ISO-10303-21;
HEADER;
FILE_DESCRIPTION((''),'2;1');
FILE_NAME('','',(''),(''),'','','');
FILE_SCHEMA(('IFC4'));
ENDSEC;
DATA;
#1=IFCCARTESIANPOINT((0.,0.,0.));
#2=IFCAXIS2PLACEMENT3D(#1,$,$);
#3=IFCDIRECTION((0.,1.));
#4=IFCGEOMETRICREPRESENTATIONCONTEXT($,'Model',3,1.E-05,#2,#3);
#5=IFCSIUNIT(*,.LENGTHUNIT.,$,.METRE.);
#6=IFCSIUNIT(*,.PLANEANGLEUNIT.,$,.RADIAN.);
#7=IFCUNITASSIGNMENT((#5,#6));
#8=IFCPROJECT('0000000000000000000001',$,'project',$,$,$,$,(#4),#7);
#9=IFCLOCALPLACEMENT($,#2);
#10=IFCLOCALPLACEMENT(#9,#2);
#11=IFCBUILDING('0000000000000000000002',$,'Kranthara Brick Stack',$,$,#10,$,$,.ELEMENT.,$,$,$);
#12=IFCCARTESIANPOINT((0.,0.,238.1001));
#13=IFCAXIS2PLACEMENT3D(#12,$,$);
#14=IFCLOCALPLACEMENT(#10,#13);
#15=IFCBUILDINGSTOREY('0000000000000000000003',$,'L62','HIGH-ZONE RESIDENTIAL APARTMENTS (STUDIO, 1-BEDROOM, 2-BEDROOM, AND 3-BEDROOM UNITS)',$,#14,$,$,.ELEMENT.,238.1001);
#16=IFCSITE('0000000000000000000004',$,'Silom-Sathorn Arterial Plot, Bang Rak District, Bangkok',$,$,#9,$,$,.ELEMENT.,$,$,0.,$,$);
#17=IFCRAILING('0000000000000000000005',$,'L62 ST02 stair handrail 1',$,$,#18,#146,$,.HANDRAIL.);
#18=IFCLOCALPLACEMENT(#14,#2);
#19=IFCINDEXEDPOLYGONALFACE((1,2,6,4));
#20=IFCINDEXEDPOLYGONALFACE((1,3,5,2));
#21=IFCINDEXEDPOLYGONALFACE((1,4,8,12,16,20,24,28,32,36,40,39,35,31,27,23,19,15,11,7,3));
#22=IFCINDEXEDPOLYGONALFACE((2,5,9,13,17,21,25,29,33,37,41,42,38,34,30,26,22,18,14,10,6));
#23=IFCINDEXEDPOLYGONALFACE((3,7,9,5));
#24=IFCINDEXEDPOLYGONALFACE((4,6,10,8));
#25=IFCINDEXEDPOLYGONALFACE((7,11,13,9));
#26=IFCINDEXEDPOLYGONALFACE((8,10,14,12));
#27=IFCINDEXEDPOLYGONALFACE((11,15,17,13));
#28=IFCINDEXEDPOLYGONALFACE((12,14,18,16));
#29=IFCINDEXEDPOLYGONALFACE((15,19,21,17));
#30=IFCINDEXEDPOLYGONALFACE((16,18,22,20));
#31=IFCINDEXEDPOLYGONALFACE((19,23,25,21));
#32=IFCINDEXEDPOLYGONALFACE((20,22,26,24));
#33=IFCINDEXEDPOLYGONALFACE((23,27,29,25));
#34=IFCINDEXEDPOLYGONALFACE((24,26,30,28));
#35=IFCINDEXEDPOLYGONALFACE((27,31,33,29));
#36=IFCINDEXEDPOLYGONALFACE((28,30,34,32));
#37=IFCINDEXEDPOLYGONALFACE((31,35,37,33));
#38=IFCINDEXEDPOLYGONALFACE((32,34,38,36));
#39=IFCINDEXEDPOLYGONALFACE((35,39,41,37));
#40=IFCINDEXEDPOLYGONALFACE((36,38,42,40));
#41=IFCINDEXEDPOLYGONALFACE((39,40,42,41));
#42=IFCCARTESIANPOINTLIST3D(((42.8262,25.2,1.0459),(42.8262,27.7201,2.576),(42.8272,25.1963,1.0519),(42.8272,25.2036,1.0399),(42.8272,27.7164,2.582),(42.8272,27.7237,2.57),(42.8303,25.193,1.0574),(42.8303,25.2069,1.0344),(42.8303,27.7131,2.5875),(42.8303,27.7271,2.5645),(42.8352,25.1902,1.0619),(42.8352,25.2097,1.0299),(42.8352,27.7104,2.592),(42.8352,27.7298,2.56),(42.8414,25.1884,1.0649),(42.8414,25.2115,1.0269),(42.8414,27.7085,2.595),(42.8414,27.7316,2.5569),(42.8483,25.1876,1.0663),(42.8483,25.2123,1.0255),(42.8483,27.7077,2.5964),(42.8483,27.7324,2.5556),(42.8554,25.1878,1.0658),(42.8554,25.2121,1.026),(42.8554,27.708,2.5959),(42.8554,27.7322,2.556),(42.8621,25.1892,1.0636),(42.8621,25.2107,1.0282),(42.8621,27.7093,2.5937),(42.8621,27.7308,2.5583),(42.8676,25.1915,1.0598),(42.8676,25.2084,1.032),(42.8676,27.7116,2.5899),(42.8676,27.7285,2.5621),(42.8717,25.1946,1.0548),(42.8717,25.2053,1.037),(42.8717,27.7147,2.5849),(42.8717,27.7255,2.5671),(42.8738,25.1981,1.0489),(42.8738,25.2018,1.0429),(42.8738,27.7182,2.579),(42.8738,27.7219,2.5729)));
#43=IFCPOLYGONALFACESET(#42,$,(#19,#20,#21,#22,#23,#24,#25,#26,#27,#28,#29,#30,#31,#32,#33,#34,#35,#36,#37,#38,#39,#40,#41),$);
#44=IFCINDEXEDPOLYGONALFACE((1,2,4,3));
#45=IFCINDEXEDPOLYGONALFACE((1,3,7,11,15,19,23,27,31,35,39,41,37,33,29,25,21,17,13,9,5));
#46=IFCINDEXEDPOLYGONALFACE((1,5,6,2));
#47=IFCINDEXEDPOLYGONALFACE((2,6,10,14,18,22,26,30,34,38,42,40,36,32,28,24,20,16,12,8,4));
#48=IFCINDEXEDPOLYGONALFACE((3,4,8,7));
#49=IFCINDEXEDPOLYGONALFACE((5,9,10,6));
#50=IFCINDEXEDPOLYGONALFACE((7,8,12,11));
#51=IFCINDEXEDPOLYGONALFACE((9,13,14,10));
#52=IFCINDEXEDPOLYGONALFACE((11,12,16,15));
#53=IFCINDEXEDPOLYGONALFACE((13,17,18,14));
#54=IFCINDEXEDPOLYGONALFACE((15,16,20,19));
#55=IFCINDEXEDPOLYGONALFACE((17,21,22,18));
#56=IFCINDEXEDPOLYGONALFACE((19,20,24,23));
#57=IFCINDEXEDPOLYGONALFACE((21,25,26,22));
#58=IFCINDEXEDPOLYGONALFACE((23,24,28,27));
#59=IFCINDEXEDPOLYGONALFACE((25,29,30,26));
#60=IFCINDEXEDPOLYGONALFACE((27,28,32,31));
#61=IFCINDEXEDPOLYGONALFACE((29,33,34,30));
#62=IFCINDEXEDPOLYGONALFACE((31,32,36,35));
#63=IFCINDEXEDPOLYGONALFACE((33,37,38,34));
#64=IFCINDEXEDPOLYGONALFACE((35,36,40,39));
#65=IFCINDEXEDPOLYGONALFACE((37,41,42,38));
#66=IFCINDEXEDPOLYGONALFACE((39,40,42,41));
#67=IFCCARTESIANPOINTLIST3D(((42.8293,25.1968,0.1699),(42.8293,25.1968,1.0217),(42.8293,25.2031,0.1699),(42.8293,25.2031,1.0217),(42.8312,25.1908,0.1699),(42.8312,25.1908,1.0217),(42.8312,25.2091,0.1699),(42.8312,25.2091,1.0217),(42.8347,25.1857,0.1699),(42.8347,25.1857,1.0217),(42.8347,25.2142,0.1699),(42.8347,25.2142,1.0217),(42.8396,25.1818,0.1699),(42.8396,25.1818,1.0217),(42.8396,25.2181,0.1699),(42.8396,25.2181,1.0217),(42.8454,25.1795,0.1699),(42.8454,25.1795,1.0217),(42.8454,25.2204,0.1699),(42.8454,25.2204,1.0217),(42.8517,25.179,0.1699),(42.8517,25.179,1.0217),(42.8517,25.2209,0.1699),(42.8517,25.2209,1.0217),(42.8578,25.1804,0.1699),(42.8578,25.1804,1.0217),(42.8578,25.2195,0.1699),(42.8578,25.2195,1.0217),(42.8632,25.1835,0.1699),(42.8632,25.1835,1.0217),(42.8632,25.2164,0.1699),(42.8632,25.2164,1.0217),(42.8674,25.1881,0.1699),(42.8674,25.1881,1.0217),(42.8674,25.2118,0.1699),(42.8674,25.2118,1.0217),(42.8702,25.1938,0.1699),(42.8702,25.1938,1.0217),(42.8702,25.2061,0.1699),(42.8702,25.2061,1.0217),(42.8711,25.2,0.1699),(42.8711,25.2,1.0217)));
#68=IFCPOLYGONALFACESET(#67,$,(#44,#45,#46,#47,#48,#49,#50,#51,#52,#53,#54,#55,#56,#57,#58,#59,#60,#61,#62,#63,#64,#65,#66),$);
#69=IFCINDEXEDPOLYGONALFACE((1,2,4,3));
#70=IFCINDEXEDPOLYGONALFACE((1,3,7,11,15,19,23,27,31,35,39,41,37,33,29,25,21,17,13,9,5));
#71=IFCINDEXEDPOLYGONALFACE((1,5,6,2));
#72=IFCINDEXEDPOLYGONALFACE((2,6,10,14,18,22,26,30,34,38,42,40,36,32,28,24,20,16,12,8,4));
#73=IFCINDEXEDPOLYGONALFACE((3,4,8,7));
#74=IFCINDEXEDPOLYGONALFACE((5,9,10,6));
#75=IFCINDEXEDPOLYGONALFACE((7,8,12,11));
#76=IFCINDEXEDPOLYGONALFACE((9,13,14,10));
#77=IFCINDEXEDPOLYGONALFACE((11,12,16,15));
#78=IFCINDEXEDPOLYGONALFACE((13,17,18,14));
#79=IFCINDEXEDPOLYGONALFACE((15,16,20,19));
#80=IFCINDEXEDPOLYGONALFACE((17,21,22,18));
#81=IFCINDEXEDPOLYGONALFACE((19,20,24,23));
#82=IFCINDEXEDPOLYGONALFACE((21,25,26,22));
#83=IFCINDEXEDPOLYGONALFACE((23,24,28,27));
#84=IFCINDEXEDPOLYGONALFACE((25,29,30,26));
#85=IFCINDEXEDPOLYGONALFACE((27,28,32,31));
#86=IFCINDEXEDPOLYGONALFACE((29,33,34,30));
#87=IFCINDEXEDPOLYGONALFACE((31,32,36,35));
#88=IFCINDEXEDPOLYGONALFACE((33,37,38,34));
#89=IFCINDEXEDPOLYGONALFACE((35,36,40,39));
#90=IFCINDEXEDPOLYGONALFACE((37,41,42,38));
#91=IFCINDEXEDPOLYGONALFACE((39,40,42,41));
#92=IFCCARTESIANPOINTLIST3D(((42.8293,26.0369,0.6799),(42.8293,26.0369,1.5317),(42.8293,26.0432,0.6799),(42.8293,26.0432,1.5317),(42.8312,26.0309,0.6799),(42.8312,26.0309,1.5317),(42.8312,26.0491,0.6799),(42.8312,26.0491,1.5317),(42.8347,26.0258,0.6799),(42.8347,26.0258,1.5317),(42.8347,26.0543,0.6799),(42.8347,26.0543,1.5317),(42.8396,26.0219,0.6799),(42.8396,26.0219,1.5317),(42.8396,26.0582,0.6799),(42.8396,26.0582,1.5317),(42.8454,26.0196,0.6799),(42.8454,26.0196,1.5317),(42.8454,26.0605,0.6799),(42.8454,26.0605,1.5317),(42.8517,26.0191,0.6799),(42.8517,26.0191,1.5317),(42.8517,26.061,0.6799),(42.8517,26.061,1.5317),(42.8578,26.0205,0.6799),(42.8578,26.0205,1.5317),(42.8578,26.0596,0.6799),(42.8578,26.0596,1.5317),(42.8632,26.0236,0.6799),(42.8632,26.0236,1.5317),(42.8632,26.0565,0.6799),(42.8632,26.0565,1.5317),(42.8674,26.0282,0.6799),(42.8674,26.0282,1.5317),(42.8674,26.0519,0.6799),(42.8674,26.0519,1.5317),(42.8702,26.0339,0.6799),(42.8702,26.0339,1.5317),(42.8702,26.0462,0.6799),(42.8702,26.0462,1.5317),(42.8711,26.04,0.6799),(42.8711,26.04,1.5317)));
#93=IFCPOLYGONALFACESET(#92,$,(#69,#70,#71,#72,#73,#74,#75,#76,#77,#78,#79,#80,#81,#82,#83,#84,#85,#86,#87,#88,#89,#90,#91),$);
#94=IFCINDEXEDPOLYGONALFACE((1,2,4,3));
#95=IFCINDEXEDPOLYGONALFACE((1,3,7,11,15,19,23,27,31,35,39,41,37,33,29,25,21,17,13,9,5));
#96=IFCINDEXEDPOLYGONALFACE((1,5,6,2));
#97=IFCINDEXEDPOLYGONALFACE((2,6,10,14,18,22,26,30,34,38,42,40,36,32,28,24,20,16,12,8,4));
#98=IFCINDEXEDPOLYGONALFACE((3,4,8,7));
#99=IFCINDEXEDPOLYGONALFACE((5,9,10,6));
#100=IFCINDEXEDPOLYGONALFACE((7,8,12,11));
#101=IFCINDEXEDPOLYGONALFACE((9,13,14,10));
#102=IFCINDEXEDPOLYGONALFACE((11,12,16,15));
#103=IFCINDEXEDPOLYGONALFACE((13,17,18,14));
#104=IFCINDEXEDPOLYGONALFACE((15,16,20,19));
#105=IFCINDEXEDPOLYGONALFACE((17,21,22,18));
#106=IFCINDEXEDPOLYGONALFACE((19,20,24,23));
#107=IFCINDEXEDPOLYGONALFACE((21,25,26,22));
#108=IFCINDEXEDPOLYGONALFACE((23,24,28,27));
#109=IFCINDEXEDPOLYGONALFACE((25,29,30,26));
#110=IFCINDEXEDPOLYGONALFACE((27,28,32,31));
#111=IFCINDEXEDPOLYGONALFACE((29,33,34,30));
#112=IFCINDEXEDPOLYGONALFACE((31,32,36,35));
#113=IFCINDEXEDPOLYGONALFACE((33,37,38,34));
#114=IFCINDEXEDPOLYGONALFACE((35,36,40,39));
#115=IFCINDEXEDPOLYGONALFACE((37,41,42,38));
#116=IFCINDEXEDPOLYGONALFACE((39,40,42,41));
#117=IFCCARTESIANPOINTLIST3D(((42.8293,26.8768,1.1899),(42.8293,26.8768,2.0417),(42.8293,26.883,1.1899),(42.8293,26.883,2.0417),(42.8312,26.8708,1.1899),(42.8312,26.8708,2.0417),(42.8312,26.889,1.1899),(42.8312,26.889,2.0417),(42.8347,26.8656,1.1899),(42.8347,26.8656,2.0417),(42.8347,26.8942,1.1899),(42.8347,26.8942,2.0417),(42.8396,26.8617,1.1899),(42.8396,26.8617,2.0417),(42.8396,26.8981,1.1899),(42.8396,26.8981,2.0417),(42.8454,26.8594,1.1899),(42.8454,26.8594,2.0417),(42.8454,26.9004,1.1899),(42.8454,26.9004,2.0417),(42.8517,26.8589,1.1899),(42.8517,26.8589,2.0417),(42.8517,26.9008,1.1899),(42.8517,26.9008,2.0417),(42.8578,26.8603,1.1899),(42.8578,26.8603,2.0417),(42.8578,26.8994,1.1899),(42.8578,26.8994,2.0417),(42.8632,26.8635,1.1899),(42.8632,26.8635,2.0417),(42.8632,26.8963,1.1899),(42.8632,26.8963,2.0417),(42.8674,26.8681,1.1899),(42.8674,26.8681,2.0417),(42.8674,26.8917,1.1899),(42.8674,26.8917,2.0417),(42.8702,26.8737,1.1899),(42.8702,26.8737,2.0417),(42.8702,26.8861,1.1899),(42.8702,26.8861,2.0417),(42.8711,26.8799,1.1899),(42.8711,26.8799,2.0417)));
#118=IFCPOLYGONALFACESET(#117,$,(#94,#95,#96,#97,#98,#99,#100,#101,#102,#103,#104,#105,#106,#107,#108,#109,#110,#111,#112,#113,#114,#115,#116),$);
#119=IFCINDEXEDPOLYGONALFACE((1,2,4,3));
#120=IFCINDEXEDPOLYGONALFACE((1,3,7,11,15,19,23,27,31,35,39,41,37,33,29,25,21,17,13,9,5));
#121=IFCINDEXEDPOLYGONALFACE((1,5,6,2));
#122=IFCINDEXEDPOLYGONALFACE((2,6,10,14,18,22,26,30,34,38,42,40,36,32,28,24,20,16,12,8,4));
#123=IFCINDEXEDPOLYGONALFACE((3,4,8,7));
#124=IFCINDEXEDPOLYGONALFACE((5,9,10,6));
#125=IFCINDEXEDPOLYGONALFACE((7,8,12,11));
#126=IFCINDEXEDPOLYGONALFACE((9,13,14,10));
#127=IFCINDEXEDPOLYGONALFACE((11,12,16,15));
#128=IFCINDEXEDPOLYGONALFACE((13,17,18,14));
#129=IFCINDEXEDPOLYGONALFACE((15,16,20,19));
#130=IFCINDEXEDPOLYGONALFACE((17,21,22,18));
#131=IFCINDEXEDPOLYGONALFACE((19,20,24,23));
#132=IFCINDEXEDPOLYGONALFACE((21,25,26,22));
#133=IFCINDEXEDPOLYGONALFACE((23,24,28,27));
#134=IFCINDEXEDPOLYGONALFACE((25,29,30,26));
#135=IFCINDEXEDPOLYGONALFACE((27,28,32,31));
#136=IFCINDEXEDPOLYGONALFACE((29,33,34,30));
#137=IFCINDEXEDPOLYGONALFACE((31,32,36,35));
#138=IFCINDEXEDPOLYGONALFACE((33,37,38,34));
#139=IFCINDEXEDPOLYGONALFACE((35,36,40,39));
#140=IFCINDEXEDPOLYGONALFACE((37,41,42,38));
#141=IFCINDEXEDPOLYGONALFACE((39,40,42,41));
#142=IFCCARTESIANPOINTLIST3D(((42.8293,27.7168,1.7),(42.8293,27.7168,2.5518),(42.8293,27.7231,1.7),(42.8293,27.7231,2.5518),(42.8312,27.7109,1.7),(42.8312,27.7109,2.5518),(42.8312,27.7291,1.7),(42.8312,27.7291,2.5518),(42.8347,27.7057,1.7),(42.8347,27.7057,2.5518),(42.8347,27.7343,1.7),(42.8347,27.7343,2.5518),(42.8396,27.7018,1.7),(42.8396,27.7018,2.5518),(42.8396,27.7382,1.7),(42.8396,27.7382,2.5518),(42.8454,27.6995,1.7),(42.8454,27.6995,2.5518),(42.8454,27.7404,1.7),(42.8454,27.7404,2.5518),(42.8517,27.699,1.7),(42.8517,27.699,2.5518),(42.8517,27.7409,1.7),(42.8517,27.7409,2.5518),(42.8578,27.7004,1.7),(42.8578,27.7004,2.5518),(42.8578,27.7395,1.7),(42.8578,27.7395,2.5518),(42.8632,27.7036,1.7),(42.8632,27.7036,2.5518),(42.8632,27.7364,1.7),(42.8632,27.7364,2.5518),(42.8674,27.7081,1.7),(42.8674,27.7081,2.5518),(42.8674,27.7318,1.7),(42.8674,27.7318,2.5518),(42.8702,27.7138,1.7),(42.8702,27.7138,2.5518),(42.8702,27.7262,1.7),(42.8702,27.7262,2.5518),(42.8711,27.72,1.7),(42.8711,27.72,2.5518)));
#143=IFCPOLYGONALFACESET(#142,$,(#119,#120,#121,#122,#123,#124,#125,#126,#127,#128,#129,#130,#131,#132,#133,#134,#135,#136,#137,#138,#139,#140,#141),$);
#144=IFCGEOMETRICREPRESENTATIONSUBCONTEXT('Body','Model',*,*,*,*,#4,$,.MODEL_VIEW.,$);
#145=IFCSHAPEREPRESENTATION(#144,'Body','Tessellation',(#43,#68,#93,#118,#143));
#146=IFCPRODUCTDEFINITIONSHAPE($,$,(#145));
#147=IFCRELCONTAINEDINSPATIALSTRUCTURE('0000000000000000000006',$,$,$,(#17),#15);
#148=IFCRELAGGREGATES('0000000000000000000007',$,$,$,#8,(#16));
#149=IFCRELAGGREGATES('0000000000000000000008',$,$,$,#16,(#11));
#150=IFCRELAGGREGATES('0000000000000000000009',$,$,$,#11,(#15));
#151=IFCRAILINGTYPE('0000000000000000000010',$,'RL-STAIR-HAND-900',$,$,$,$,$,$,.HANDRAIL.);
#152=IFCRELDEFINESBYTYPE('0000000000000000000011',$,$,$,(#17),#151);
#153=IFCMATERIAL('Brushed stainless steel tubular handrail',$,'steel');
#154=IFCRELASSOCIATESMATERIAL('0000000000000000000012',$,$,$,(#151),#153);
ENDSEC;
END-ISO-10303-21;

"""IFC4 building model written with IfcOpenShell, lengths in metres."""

from ifc_helpers import new_model, si_unit, direction, frame, origin, origin_2d, place, context, subcontext, project, spatial, circle, extrude, material, type_object, element, save


model = new_model("IFC4")

# Units and contexts
model_context = context("Model", 3, precision=1e-05, world=origin(), true_north=direction((0.0, 1.0)))
body_context = subcontext(model_context, "Body", "Model", "MODEL_VIEW")
ifc_project = project(units=[si_unit("LENGTHUNIT", "METRE"), si_unit("PLANEANGLEUNIT", "RADIAN")], contexts=[model_context])

# Site, building, storey
site_placement = place(None, origin())
site = spatial("IfcSite", under=ifc_project, at=site_placement, Name="Silom-Sathorn Arterial Plot, Bang Rak District, Bangkok", CompositionType="ELEMENT", RefElevation=0.0)
building_placement = place(site_placement, origin())
building = spatial("IfcBuilding", under=site, at=building_placement, Name="Kranthara Brick Stack", CompositionType="ELEMENT")
storey_placement = place(building_placement, frame((0.0, 0.0, 238.1001)))
storey = spatial("IfcBuildingStorey", under=building, at=storey_placement, Name="L62", Description="HIGH-ZONE RESIDENTIAL APARTMENTS (STUDIO, 1-BEDROOM, 2-BEDROOM, AND 3-BEDROOM UNITS)", CompositionType="ELEMENT", Elevation=238.1001)

# Railing
ifc_material_1 = material(Name="Brushed stainless steel tubular handrail", Category="steel")
railing_type_1 = type_object("IfcRailingType", Name="RL-STAIR-HAND-900", PredefinedType="HANDRAIL", material=ifc_material_1)
railing_1_placement = place(storey_placement, frame((42.8501, 25.2, 0.1699)))
element("IfcRailing", 1, at=railing_1_placement, inside=storey, type_object=railing_type_1, Name="L62 ST02 stair handrail 1", PredefinedType="HANDRAIL", context=body_context, shape_type="SweptSolid", body=[
    extrude(circle(Radius=0.0239, at=origin_2d()), frame((0.0, 0.0, 0.876), z_axis=(0.0, 0.854785, 0.518982), x_axis=(-1.0, 0.0, 0.0)), (0.0, 0.0, 1.0), 2.9482),
    extrude(circle(Radius=0.021, at=origin_2d()), origin(), (0.0, 0.0, 1.0), 0.8518),
    extrude(circle(Radius=0.021, at=origin_2d()), frame((0.0, 0.8401, 0.51)), (0.0, 0.0, 1.0), 0.8518),
    extrude(circle(Radius=0.021, at=origin_2d()), frame((0.0, 1.6799, 1.02)), (0.0, 0.0, 1.0), 0.8518),
    extrude(circle(Radius=0.021, at=origin_2d()), frame((0.0, 2.52, 1.53)), (0.0, 0.0, 1.0), 0.8518),
])

save(model, "model.ifc")
